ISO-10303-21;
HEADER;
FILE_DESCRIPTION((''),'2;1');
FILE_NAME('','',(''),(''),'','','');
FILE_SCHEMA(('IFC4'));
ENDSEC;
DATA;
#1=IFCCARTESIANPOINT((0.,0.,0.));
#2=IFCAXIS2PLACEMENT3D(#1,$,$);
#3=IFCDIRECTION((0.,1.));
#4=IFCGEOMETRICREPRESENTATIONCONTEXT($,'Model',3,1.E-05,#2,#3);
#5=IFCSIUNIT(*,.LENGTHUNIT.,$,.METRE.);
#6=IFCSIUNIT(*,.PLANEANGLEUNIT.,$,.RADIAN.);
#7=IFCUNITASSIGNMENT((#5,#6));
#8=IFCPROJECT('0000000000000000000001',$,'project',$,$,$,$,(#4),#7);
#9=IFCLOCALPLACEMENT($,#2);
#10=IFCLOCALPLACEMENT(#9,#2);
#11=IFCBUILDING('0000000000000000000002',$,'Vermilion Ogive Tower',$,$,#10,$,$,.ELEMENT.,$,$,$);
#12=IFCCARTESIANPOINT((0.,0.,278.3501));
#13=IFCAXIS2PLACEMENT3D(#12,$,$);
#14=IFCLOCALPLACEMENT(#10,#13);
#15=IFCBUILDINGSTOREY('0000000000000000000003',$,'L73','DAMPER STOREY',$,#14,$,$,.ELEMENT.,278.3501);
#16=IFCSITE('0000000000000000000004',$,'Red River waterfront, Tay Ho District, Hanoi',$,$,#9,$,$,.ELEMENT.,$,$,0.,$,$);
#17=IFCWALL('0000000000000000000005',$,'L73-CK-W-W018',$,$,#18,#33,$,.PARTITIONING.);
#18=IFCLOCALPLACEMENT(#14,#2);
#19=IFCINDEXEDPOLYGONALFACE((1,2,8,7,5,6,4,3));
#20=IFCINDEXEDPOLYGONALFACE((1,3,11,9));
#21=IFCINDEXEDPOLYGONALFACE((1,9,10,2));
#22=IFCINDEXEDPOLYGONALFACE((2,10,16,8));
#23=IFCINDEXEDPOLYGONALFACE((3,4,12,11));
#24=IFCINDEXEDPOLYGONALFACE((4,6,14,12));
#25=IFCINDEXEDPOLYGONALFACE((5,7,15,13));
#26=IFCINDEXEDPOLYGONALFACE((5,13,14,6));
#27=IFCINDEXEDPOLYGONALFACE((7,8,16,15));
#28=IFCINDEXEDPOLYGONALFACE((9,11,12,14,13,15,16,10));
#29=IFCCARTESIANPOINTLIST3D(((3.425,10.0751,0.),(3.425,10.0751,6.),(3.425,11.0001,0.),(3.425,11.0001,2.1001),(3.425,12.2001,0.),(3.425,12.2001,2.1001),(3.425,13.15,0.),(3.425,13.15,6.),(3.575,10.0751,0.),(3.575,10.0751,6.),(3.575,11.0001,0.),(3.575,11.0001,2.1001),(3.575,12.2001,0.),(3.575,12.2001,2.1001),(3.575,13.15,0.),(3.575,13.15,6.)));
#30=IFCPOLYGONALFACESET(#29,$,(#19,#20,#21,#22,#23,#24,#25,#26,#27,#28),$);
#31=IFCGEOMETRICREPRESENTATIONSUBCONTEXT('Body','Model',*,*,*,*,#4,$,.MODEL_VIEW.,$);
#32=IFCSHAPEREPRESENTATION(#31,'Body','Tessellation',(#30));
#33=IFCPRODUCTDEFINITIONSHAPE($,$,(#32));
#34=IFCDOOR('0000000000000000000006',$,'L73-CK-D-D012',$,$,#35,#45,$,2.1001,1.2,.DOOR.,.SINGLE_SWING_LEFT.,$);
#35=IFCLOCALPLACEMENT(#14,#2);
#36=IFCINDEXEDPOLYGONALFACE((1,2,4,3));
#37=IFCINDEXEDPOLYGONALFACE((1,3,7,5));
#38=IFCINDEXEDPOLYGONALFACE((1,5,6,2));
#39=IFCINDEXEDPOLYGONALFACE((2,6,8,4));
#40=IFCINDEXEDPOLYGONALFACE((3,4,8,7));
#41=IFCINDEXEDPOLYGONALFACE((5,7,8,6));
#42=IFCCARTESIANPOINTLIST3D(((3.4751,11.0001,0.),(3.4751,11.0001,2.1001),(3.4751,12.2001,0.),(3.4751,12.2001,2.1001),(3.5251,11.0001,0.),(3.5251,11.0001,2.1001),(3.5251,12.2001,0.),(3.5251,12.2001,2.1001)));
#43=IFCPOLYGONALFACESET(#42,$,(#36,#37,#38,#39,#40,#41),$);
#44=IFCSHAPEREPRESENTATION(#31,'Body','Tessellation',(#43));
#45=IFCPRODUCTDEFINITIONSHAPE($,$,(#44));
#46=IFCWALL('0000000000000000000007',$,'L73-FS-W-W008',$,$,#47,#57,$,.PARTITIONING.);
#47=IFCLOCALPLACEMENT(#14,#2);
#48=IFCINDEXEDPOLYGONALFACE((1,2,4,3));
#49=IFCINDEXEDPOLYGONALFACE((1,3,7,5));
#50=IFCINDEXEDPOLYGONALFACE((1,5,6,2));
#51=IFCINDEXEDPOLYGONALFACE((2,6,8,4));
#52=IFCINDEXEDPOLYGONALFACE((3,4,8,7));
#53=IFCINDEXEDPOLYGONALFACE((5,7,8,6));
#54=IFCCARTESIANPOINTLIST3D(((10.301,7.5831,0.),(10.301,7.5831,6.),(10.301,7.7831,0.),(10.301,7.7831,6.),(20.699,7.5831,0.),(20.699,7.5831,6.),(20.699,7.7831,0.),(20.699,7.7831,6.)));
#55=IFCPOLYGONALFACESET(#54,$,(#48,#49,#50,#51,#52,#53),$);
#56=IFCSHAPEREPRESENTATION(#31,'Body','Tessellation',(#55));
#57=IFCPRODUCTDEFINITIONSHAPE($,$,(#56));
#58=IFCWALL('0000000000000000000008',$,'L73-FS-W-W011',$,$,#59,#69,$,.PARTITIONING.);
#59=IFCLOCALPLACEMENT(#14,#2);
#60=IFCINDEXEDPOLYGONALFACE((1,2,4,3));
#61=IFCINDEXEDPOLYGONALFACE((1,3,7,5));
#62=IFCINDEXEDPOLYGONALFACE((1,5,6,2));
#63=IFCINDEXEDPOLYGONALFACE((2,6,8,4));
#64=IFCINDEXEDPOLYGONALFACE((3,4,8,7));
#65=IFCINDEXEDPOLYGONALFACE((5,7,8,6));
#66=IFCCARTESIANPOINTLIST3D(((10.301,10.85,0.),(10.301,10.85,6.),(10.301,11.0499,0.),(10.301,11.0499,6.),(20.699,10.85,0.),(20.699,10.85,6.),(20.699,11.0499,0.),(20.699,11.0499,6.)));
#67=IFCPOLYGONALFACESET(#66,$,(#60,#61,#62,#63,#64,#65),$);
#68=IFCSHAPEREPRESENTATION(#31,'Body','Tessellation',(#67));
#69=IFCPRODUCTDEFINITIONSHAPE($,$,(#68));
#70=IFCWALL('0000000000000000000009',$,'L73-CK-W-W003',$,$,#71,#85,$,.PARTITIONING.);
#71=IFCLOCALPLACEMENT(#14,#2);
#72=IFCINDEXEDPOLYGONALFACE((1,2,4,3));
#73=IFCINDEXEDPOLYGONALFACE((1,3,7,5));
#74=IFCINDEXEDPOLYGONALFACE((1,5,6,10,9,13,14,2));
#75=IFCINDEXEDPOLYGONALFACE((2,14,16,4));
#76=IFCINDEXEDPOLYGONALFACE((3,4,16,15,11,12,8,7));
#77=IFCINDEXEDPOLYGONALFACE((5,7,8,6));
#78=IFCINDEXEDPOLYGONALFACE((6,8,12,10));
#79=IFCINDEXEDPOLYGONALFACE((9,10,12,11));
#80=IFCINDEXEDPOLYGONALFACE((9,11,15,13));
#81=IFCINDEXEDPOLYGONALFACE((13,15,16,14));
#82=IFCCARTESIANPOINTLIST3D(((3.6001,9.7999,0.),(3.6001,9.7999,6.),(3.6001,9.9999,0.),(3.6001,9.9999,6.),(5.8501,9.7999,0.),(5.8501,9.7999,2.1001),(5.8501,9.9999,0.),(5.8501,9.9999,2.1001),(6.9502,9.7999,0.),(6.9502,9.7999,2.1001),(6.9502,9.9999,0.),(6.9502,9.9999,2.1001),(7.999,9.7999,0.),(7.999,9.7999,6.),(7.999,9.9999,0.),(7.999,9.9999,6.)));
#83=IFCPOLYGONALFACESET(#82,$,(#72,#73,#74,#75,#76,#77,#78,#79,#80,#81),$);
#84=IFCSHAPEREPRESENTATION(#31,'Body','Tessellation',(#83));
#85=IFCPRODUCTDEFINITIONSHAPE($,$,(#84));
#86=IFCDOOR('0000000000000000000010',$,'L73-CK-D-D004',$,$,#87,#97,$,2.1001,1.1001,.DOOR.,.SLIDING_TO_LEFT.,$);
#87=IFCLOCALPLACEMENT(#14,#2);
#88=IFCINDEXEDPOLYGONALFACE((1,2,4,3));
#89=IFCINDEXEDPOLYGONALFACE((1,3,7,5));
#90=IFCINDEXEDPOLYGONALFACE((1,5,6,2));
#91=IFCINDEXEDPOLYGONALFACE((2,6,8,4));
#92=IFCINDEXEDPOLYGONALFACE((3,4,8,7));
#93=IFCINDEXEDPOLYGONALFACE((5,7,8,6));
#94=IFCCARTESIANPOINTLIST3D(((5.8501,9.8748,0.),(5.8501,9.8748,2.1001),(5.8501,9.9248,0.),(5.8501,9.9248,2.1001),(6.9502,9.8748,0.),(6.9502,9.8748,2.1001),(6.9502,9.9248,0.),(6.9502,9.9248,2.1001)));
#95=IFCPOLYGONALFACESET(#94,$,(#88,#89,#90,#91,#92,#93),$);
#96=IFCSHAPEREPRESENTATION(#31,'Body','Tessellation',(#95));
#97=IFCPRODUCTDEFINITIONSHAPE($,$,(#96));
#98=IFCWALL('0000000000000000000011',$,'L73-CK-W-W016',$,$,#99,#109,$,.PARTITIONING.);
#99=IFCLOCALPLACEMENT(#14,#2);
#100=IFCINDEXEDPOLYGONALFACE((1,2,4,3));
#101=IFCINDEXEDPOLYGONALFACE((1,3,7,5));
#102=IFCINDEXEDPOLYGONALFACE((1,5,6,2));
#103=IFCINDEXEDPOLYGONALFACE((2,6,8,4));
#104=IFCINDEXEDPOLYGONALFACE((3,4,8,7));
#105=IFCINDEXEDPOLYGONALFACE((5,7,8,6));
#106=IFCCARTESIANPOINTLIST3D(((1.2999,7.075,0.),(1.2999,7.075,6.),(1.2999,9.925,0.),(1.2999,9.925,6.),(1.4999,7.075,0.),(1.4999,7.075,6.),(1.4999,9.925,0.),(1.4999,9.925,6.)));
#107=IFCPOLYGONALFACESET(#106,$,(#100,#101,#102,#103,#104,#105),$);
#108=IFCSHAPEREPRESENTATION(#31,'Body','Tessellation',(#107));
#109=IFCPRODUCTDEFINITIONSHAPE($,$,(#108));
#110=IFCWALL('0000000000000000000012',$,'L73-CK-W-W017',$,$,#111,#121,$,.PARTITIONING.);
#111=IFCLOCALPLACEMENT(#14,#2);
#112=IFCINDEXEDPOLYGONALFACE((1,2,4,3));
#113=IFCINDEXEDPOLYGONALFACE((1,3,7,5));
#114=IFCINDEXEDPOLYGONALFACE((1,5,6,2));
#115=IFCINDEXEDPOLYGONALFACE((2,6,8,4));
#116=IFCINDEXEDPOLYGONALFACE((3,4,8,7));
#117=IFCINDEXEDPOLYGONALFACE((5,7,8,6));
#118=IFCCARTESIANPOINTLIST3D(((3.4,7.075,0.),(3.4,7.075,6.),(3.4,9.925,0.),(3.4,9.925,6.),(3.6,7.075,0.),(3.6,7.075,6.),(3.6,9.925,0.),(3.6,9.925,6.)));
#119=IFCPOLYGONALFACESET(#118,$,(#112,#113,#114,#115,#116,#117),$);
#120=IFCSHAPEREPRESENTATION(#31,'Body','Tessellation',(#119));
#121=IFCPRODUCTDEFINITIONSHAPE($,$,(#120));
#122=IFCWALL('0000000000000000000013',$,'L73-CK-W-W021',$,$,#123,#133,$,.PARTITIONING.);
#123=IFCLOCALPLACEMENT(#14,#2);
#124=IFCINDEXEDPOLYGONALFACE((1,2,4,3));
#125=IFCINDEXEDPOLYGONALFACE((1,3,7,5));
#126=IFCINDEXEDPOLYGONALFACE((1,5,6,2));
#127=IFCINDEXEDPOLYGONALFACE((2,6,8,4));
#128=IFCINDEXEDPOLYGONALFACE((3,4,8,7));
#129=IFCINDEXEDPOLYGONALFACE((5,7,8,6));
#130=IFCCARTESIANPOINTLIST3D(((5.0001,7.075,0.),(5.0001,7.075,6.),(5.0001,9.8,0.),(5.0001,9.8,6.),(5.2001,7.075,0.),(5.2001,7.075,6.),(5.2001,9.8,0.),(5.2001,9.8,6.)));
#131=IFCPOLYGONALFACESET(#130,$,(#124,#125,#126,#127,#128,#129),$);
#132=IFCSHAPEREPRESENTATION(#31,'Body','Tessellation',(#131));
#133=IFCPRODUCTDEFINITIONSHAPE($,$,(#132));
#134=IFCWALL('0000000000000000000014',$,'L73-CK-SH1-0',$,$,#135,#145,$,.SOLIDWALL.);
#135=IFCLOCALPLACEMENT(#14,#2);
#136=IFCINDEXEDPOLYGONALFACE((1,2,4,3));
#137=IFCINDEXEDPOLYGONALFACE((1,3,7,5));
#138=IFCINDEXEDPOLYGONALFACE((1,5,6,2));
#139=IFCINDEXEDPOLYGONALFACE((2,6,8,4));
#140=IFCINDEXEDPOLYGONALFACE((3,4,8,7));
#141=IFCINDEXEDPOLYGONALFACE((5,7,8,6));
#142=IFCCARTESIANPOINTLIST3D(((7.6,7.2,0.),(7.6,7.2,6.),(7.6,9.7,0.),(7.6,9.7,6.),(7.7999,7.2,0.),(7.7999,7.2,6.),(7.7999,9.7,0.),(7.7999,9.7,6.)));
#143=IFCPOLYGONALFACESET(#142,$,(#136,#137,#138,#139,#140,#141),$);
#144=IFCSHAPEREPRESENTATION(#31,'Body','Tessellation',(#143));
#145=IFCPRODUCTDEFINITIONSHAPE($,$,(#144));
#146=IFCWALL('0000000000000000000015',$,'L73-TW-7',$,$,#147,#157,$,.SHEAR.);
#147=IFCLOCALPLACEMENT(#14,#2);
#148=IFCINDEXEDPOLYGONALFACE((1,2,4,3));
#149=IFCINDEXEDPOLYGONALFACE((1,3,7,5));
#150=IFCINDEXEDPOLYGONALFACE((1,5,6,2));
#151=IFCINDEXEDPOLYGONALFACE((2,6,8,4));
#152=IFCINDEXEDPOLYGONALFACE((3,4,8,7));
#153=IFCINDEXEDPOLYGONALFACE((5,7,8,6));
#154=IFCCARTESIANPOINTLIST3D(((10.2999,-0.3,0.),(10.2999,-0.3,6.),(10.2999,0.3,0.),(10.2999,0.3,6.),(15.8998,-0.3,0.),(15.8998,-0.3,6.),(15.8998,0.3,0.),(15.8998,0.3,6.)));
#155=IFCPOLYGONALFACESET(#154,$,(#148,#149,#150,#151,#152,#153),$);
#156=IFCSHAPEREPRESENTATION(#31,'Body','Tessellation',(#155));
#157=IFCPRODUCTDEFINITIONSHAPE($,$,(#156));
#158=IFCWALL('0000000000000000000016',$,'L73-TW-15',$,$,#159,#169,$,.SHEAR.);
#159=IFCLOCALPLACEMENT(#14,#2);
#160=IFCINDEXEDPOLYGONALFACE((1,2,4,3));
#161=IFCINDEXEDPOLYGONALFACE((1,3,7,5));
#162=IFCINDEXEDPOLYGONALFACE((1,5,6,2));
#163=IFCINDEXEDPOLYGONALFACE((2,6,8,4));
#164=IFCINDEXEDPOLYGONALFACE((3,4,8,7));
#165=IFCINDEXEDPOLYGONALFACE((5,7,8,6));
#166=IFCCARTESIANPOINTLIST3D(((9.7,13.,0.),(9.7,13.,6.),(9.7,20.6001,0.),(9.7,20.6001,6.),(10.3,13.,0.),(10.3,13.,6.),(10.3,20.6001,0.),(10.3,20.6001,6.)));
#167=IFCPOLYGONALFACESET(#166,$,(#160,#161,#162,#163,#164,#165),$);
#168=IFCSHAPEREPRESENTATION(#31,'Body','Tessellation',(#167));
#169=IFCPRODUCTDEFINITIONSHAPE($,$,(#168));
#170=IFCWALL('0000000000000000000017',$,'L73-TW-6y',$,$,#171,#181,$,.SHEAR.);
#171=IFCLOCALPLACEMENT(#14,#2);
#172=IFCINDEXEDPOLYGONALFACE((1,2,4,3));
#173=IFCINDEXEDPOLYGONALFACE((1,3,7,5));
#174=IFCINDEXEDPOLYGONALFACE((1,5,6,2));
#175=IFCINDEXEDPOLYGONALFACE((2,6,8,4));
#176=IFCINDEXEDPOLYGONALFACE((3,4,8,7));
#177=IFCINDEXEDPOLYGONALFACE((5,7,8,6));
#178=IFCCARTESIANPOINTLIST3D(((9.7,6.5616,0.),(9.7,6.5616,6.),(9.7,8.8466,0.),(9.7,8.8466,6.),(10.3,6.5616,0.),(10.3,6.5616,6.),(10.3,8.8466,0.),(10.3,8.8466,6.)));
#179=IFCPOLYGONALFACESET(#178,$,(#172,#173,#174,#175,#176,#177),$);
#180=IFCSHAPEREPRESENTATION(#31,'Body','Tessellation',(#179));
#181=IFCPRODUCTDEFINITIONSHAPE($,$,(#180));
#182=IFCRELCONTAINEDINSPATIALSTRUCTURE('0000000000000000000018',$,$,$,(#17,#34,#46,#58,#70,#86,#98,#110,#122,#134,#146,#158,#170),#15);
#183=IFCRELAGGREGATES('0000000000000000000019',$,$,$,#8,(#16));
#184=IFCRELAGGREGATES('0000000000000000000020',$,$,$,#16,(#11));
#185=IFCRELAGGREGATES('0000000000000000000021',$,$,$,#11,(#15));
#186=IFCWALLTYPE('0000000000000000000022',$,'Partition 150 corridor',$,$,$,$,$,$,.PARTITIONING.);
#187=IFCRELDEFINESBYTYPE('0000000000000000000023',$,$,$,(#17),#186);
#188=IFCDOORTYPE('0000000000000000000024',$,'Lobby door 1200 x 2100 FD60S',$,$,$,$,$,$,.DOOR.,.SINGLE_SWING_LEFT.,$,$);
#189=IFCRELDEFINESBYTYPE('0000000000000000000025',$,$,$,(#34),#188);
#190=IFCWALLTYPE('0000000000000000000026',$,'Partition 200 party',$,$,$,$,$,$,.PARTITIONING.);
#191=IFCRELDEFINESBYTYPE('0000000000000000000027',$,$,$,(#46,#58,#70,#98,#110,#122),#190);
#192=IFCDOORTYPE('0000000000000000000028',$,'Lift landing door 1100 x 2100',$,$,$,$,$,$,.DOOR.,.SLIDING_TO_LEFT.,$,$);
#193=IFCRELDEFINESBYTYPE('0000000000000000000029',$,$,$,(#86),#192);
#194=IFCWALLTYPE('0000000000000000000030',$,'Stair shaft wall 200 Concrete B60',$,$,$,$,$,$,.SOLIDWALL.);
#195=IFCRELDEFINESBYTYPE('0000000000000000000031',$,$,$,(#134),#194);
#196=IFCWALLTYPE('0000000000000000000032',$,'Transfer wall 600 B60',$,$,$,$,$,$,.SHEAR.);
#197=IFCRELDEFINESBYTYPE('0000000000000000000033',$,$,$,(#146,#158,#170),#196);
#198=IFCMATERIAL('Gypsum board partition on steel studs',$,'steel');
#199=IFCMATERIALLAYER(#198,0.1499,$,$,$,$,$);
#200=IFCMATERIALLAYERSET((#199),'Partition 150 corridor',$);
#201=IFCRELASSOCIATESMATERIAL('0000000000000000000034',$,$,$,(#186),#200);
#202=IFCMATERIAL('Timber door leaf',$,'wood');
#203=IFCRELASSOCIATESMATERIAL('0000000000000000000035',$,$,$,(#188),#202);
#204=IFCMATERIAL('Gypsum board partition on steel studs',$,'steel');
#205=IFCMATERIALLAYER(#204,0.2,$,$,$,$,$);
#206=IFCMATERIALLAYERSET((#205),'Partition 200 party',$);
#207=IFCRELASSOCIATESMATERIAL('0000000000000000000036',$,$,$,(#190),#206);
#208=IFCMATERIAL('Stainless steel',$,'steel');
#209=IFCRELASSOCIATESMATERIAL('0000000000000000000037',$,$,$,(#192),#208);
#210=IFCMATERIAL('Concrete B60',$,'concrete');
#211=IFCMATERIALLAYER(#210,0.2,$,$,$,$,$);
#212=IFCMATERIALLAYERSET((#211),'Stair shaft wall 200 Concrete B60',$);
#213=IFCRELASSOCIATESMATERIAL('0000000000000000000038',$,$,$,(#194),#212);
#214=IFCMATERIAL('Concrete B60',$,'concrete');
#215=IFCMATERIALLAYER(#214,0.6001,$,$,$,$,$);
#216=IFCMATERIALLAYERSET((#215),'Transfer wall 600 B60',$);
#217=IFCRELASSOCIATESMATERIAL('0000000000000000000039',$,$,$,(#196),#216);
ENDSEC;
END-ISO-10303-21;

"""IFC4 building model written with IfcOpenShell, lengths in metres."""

from ifc_helpers import new_model, si_unit, direction, frame, frame_2d, origin, place, context, subcontext, project, spatial, rectangle, extrude, material, layer, layer_set, type_object, element, fill, save


model = new_model("IFC4")

# Units and contexts
model_context = context("Model", 3, precision=1e-05, world=origin(), true_north=direction((0.0, 1.0)))
body_context = subcontext(model_context, "Body", "Model", "MODEL_VIEW")
ifc_project = project(units=[si_unit("LENGTHUNIT", "METRE"), si_unit("PLANEANGLEUNIT", "RADIAN")], contexts=[model_context])

# Site, building, storey
site_placement = place(None, origin())
site = spatial("IfcSite", under=ifc_project, at=site_placement, Name="Red River waterfront, Tay Ho District, Hanoi", CompositionType="ELEMENT", RefElevation=0.0)
building_placement = place(site_placement, origin())
building = spatial("IfcBuilding", under=site, at=building_placement, Name="Vermilion Ogive Tower", CompositionType="ELEMENT")
storey_placement = place(building_placement, frame((0.0, 0.0, 278.3501)))
storey = spatial("IfcBuildingStorey", under=building, at=storey_placement, Name="L73", Description="DAMPER STOREY", CompositionType="ELEMENT", Elevation=278.3501)

# Shared definitions
ifc_material_1 = material(Name="Gypsum board partition on steel studs", Category="steel")
ifc_layer_1 = layer(ifc_material_1, 0.1499)
ifc_layer_set_1 = layer_set([ifc_layer_1], Name="Partition 150 corridor")
wall_type_1 = type_object("IfcWallType", Name="Partition 150 corridor", PredefinedType="PARTITIONING", material=ifc_layer_set_1)

# Wall, opening, door
wall_1_placement = place(storey_placement, frame((3.5, 10.075, 0.0), z_axis=(0.0, 0.0, 1.0), x_axis=(0.0, 1.0, 0.0)))
wall_1 = element("IfcWall", 1, at=wall_1_placement, inside=storey, type_object=wall_type_1, Name="L73-CK-W-W018", PredefinedType="PARTITIONING", context=body_context, shape_type="SweptSolid", body=[
    extrude(rectangle(XDim=3.075, YDim=0.1499, at=frame_2d((1.5376, 0.0))), origin(), (0.0, 0.0, 1.0), 6.0),
])
opening_1_placement = place(wall_1_placement, frame((0.925, 0.0, 0.0)))
opening_1 = element("IfcOpeningElement", 2, at=opening_1_placement, cuts=wall_1, PredefinedType="OPENING", context=body_context, shape_type="SweptSolid", body=[
    extrude(rectangle(XDim=1.2, YDim=2.1001, at=frame_2d((0.6001, 1.05))), frame((0.0, 0.085, 0.0), z_axis=(0.0, -1.0, 0.0), x_axis=(1.0, 0.0, 0.0)), (0.0, 0.0, 1.0), 0.1699),
])
ifc_material_2 = material(Name="Timber door leaf", Category="wood")
door_type_1 = type_object("IfcDoorType", Name="Lobby door 1200 x 2100 FD60S", OperationType="SINGLE_SWING_LEFT", PredefinedType="DOOR", material=ifc_material_2)
door_1_placement = place(opening_1_placement, origin())
door_1 = element("IfcDoor", 3, at=door_1_placement, inside=storey, type_object=door_type_1, Name="L73-CK-D-D012", OperationType="SINGLE_SWING_LEFT", OverallHeight=2.1001, OverallWidth=1.2, PredefinedType="DOOR", context=body_context, shape_type="SweptSolid", body=[
    extrude(rectangle(XDim=1.2, YDim=2.1001, at=frame_2d((0.6001, 1.05))), frame((0.0, 0.0249, 0.0), z_axis=(0.0, -1.0, 0.0), x_axis=(1.0, 0.0, 0.0)), (0.0, 0.0, 1.0), 0.05),
])
fill(opening_1, door_1)

# Walls
ifc_material_3 = material(Name="Gypsum board partition on steel studs", Category="steel")
ifc_layer_2 = layer(ifc_material_3, 0.2)
ifc_layer_set_2 = layer_set([ifc_layer_2], Name="Partition 200 party")
wall_type_2 = type_object("IfcWallType", Name="Partition 200 party", PredefinedType="PARTITIONING", material=ifc_layer_set_2)
for number, where, z_axis, x_axis, name in (
    (4, (10.301, 7.6831, 0.0), (0.0, 0.0, 1.0), (1.0, 0.0, 0.0), "L73-FS-W-W008"),
    (5, (10.301, 10.95, 0.0), (0.0, 0.0, 1.0), (1.0, 0.0, 0.0), "L73-FS-W-W011"),
):
    element("IfcWall", number, at=place(storey_placement, frame(where, z_axis=z_axis, x_axis=x_axis)), inside=storey, type_object=wall_type_2, Name=name, PredefinedType="PARTITIONING", context=body_context, shape_type="SweptSolid", body=[
        extrude(rectangle(XDim=10.3979, YDim=0.2, at=frame_2d((5.199, 0.0))), origin(), (0.0, 0.0, 1.0), 6.0),
    ])

# Wall, opening, door
wall_2_placement = place(storey_placement, frame((3.6001, 9.8999, 0.0), z_axis=(0.0, 0.0, 1.0), x_axis=(1.0, 0.0, 0.0)))
wall_2 = element("IfcWall", 6, at=wall_2_placement, inside=storey, type_object=wall_type_2, Name="L73-CK-W-W003", PredefinedType="PARTITIONING", context=body_context, shape_type="SweptSolid", body=[
    extrude(rectangle(XDim=4.3989, YDim=0.2, at=frame_2d((2.1995, 0.0))), origin(), (0.0, 0.0, 1.0), 6.0),
])
opening_2_placement = place(wall_2_placement, frame((2.25, 0.0, 0.0)))
opening_2 = element("IfcOpeningElement", 7, at=opening_2_placement, cuts=wall_2, PredefinedType="OPENING", context=body_context, shape_type="SweptSolid", body=[
    extrude(rectangle(XDim=1.1001, YDim=2.1001, at=frame_2d((0.55, 1.05))), frame((0.0, 0.1099, 0.0), z_axis=(0.0, -1.0, 0.0), x_axis=(1.0, 0.0, 0.0)), (0.0, 0.0, 1.0), 0.22),
])
ifc_material_4 = material(Name="Stainless steel", Category="steel")
door_type_2 = type_object("IfcDoorType", Name="Lift landing door 1100 x 2100", OperationType="SLIDING_TO_LEFT", PredefinedType="DOOR", material=ifc_material_4)
door_2_placement = place(opening_2_placement, origin())
door_2 = element("IfcDoor", 8, at=door_2_placement, inside=storey, type_object=door_type_2, Name="L73-CK-D-D004", OperationType="SLIDING_TO_LEFT", OverallHeight=2.1001, OverallWidth=1.1001, PredefinedType="DOOR", context=body_context, shape_type="SweptSolid", body=[
    extrude(rectangle(XDim=1.1001, YDim=2.1001, at=frame_2d((0.55, 1.05))), frame((0.0, 0.0249, 0.0), z_axis=(0.0, -1.0, 0.0), x_axis=(1.0, 0.0, 0.0)), (0.0, 0.0, 1.0), 0.05),
])
fill(opening_2, door_2)

# Walls
for number, where, z_axis, x_axis, name in (
    (9, (1.3999, 7.075, 0.0), (0.0, 0.0, 1.0), (0.0, 1.0, 0.0), "L73-CK-W-W016"),
    (10, (3.5, 7.075, 0.0), (0.0, 0.0, 1.0), (0.0, 1.0, 0.0), "L73-CK-W-W017"),
):
    element("IfcWall", number, at=place(storey_placement, frame(where, z_axis=z_axis, x_axis=x_axis)), inside=storey, type_object=wall_type_2, Name=name, PredefinedType="PARTITIONING", context=body_context, shape_type="SweptSolid", body=[
        extrude(rectangle(XDim=2.8501, YDim=0.2, at=frame_2d((1.425, 0.0))), origin(), (0.0, 0.0, 1.0), 6.0),
    ])
wall_3_placement = place(storey_placement, frame((5.1001, 7.075, 0.0), z_axis=(0.0, 0.0, 1.0), x_axis=(0.0, 1.0, 0.0)))
element("IfcWall", 11, at=wall_3_placement, inside=storey, type_object=wall_type_2, Name="L73-CK-W-W021", PredefinedType="PARTITIONING", context=body_context, shape_type="SweptSolid", body=[
    extrude(rectangle(XDim=2.7251, YDim=0.2, at=frame_2d((1.3625, 0.0))), origin(), (0.0, 0.0, 1.0), 6.0),
])
ifc_material_5 = material(Name="Concrete B60", Category="concrete")
ifc_layer_3 = layer(ifc_material_5, 0.2)
ifc_layer_set_3 = layer_set([ifc_layer_3], Name="Stair shaft wall 200 Concrete B60")
wall_type_3 = type_object("IfcWallType", Name="Stair shaft wall 200 Concrete B60", PredefinedType="SOLIDWALL", material=ifc_layer_set_3)
wall_4_placement = place(storey_placement, frame((7.7, 9.7, 0.0), z_axis=(0.0, 0.0, 1.0), x_axis=(0.0, -1.0, 0.0)))
element("IfcWall", 12, at=wall_4_placement, inside=storey, type_object=wall_type_3, Name="L73-CK-SH1-0", PredefinedType="SOLIDWALL", context=body_context, shape_type="SweptSolid", body=[
    extrude(rectangle(XDim=2.5, YDim=0.2, at=frame_2d((1.25, 0.0))), origin(), (0.0, 0.0, 1.0), 6.0),
])
ifc_material_6 = material(Name="Concrete B60", Category="concrete")
ifc_layer_4 = layer(ifc_material_6, 0.6001)
ifc_layer_set_4 = layer_set([ifc_layer_4], Name="Transfer wall 600 B60")
wall_type_4 = type_object("IfcWallType", Name="Transfer wall 600 B60", PredefinedType="SHEAR", material=ifc_layer_set_4)
wall_5_placement = place(storey_placement, frame((10.3, 0.0, 0.0), z_axis=(0.0, 0.0, 1.0), x_axis=(1.0, 0.0, 0.0)))
element("IfcWall", 13, at=wall_5_placement, inside=storey, type_object=wall_type_4, Name="L73-TW-7", PredefinedType="SHEAR", context=body_context, shape_type="SweptSolid", body=[
    extrude(rectangle(XDim=5.5999, YDim=0.6001, at=frame_2d((2.7998, 0.0))), origin(), (0.0, 0.0, 1.0), 6.0),
])
wall_6_placement = place(storey_placement, frame((10.0, 13.0, 0.0), z_axis=(0.0, 0.0, 1.0), x_axis=(0.0, 1.0, 0.0)))
element("IfcWall", 14, at=wall_6_placement, inside=storey, type_object=wall_type_4, Name="L73-TW-15", PredefinedType="SHEAR", context=body_context, shape_type="SweptSolid", body=[
    extrude(rectangle(XDim=7.6001, YDim=0.6001, at=frame_2d((3.8, 0.0))), origin(), (0.0, 0.0, 1.0), 6.0),
])
wall_7_placement = place(storey_placement, frame((10.0, 6.5615, 0.0), z_axis=(0.0, 0.0, 1.0), x_axis=(0.0, 1.0, 0.0)))
element("IfcWall", 15, at=wall_7_placement, inside=storey, type_object=wall_type_4, Name="L73-TW-6y", PredefinedType="SHEAR", context=body_context, shape_type="SweptSolid", body=[
    extrude(rectangle(XDim=2.2849, YDim=0.6001, at=frame_2d((1.1426, 0.0))), origin(), (0.0, 0.0, 1.0), 6.0),
])

save(model, "model.ifc")
